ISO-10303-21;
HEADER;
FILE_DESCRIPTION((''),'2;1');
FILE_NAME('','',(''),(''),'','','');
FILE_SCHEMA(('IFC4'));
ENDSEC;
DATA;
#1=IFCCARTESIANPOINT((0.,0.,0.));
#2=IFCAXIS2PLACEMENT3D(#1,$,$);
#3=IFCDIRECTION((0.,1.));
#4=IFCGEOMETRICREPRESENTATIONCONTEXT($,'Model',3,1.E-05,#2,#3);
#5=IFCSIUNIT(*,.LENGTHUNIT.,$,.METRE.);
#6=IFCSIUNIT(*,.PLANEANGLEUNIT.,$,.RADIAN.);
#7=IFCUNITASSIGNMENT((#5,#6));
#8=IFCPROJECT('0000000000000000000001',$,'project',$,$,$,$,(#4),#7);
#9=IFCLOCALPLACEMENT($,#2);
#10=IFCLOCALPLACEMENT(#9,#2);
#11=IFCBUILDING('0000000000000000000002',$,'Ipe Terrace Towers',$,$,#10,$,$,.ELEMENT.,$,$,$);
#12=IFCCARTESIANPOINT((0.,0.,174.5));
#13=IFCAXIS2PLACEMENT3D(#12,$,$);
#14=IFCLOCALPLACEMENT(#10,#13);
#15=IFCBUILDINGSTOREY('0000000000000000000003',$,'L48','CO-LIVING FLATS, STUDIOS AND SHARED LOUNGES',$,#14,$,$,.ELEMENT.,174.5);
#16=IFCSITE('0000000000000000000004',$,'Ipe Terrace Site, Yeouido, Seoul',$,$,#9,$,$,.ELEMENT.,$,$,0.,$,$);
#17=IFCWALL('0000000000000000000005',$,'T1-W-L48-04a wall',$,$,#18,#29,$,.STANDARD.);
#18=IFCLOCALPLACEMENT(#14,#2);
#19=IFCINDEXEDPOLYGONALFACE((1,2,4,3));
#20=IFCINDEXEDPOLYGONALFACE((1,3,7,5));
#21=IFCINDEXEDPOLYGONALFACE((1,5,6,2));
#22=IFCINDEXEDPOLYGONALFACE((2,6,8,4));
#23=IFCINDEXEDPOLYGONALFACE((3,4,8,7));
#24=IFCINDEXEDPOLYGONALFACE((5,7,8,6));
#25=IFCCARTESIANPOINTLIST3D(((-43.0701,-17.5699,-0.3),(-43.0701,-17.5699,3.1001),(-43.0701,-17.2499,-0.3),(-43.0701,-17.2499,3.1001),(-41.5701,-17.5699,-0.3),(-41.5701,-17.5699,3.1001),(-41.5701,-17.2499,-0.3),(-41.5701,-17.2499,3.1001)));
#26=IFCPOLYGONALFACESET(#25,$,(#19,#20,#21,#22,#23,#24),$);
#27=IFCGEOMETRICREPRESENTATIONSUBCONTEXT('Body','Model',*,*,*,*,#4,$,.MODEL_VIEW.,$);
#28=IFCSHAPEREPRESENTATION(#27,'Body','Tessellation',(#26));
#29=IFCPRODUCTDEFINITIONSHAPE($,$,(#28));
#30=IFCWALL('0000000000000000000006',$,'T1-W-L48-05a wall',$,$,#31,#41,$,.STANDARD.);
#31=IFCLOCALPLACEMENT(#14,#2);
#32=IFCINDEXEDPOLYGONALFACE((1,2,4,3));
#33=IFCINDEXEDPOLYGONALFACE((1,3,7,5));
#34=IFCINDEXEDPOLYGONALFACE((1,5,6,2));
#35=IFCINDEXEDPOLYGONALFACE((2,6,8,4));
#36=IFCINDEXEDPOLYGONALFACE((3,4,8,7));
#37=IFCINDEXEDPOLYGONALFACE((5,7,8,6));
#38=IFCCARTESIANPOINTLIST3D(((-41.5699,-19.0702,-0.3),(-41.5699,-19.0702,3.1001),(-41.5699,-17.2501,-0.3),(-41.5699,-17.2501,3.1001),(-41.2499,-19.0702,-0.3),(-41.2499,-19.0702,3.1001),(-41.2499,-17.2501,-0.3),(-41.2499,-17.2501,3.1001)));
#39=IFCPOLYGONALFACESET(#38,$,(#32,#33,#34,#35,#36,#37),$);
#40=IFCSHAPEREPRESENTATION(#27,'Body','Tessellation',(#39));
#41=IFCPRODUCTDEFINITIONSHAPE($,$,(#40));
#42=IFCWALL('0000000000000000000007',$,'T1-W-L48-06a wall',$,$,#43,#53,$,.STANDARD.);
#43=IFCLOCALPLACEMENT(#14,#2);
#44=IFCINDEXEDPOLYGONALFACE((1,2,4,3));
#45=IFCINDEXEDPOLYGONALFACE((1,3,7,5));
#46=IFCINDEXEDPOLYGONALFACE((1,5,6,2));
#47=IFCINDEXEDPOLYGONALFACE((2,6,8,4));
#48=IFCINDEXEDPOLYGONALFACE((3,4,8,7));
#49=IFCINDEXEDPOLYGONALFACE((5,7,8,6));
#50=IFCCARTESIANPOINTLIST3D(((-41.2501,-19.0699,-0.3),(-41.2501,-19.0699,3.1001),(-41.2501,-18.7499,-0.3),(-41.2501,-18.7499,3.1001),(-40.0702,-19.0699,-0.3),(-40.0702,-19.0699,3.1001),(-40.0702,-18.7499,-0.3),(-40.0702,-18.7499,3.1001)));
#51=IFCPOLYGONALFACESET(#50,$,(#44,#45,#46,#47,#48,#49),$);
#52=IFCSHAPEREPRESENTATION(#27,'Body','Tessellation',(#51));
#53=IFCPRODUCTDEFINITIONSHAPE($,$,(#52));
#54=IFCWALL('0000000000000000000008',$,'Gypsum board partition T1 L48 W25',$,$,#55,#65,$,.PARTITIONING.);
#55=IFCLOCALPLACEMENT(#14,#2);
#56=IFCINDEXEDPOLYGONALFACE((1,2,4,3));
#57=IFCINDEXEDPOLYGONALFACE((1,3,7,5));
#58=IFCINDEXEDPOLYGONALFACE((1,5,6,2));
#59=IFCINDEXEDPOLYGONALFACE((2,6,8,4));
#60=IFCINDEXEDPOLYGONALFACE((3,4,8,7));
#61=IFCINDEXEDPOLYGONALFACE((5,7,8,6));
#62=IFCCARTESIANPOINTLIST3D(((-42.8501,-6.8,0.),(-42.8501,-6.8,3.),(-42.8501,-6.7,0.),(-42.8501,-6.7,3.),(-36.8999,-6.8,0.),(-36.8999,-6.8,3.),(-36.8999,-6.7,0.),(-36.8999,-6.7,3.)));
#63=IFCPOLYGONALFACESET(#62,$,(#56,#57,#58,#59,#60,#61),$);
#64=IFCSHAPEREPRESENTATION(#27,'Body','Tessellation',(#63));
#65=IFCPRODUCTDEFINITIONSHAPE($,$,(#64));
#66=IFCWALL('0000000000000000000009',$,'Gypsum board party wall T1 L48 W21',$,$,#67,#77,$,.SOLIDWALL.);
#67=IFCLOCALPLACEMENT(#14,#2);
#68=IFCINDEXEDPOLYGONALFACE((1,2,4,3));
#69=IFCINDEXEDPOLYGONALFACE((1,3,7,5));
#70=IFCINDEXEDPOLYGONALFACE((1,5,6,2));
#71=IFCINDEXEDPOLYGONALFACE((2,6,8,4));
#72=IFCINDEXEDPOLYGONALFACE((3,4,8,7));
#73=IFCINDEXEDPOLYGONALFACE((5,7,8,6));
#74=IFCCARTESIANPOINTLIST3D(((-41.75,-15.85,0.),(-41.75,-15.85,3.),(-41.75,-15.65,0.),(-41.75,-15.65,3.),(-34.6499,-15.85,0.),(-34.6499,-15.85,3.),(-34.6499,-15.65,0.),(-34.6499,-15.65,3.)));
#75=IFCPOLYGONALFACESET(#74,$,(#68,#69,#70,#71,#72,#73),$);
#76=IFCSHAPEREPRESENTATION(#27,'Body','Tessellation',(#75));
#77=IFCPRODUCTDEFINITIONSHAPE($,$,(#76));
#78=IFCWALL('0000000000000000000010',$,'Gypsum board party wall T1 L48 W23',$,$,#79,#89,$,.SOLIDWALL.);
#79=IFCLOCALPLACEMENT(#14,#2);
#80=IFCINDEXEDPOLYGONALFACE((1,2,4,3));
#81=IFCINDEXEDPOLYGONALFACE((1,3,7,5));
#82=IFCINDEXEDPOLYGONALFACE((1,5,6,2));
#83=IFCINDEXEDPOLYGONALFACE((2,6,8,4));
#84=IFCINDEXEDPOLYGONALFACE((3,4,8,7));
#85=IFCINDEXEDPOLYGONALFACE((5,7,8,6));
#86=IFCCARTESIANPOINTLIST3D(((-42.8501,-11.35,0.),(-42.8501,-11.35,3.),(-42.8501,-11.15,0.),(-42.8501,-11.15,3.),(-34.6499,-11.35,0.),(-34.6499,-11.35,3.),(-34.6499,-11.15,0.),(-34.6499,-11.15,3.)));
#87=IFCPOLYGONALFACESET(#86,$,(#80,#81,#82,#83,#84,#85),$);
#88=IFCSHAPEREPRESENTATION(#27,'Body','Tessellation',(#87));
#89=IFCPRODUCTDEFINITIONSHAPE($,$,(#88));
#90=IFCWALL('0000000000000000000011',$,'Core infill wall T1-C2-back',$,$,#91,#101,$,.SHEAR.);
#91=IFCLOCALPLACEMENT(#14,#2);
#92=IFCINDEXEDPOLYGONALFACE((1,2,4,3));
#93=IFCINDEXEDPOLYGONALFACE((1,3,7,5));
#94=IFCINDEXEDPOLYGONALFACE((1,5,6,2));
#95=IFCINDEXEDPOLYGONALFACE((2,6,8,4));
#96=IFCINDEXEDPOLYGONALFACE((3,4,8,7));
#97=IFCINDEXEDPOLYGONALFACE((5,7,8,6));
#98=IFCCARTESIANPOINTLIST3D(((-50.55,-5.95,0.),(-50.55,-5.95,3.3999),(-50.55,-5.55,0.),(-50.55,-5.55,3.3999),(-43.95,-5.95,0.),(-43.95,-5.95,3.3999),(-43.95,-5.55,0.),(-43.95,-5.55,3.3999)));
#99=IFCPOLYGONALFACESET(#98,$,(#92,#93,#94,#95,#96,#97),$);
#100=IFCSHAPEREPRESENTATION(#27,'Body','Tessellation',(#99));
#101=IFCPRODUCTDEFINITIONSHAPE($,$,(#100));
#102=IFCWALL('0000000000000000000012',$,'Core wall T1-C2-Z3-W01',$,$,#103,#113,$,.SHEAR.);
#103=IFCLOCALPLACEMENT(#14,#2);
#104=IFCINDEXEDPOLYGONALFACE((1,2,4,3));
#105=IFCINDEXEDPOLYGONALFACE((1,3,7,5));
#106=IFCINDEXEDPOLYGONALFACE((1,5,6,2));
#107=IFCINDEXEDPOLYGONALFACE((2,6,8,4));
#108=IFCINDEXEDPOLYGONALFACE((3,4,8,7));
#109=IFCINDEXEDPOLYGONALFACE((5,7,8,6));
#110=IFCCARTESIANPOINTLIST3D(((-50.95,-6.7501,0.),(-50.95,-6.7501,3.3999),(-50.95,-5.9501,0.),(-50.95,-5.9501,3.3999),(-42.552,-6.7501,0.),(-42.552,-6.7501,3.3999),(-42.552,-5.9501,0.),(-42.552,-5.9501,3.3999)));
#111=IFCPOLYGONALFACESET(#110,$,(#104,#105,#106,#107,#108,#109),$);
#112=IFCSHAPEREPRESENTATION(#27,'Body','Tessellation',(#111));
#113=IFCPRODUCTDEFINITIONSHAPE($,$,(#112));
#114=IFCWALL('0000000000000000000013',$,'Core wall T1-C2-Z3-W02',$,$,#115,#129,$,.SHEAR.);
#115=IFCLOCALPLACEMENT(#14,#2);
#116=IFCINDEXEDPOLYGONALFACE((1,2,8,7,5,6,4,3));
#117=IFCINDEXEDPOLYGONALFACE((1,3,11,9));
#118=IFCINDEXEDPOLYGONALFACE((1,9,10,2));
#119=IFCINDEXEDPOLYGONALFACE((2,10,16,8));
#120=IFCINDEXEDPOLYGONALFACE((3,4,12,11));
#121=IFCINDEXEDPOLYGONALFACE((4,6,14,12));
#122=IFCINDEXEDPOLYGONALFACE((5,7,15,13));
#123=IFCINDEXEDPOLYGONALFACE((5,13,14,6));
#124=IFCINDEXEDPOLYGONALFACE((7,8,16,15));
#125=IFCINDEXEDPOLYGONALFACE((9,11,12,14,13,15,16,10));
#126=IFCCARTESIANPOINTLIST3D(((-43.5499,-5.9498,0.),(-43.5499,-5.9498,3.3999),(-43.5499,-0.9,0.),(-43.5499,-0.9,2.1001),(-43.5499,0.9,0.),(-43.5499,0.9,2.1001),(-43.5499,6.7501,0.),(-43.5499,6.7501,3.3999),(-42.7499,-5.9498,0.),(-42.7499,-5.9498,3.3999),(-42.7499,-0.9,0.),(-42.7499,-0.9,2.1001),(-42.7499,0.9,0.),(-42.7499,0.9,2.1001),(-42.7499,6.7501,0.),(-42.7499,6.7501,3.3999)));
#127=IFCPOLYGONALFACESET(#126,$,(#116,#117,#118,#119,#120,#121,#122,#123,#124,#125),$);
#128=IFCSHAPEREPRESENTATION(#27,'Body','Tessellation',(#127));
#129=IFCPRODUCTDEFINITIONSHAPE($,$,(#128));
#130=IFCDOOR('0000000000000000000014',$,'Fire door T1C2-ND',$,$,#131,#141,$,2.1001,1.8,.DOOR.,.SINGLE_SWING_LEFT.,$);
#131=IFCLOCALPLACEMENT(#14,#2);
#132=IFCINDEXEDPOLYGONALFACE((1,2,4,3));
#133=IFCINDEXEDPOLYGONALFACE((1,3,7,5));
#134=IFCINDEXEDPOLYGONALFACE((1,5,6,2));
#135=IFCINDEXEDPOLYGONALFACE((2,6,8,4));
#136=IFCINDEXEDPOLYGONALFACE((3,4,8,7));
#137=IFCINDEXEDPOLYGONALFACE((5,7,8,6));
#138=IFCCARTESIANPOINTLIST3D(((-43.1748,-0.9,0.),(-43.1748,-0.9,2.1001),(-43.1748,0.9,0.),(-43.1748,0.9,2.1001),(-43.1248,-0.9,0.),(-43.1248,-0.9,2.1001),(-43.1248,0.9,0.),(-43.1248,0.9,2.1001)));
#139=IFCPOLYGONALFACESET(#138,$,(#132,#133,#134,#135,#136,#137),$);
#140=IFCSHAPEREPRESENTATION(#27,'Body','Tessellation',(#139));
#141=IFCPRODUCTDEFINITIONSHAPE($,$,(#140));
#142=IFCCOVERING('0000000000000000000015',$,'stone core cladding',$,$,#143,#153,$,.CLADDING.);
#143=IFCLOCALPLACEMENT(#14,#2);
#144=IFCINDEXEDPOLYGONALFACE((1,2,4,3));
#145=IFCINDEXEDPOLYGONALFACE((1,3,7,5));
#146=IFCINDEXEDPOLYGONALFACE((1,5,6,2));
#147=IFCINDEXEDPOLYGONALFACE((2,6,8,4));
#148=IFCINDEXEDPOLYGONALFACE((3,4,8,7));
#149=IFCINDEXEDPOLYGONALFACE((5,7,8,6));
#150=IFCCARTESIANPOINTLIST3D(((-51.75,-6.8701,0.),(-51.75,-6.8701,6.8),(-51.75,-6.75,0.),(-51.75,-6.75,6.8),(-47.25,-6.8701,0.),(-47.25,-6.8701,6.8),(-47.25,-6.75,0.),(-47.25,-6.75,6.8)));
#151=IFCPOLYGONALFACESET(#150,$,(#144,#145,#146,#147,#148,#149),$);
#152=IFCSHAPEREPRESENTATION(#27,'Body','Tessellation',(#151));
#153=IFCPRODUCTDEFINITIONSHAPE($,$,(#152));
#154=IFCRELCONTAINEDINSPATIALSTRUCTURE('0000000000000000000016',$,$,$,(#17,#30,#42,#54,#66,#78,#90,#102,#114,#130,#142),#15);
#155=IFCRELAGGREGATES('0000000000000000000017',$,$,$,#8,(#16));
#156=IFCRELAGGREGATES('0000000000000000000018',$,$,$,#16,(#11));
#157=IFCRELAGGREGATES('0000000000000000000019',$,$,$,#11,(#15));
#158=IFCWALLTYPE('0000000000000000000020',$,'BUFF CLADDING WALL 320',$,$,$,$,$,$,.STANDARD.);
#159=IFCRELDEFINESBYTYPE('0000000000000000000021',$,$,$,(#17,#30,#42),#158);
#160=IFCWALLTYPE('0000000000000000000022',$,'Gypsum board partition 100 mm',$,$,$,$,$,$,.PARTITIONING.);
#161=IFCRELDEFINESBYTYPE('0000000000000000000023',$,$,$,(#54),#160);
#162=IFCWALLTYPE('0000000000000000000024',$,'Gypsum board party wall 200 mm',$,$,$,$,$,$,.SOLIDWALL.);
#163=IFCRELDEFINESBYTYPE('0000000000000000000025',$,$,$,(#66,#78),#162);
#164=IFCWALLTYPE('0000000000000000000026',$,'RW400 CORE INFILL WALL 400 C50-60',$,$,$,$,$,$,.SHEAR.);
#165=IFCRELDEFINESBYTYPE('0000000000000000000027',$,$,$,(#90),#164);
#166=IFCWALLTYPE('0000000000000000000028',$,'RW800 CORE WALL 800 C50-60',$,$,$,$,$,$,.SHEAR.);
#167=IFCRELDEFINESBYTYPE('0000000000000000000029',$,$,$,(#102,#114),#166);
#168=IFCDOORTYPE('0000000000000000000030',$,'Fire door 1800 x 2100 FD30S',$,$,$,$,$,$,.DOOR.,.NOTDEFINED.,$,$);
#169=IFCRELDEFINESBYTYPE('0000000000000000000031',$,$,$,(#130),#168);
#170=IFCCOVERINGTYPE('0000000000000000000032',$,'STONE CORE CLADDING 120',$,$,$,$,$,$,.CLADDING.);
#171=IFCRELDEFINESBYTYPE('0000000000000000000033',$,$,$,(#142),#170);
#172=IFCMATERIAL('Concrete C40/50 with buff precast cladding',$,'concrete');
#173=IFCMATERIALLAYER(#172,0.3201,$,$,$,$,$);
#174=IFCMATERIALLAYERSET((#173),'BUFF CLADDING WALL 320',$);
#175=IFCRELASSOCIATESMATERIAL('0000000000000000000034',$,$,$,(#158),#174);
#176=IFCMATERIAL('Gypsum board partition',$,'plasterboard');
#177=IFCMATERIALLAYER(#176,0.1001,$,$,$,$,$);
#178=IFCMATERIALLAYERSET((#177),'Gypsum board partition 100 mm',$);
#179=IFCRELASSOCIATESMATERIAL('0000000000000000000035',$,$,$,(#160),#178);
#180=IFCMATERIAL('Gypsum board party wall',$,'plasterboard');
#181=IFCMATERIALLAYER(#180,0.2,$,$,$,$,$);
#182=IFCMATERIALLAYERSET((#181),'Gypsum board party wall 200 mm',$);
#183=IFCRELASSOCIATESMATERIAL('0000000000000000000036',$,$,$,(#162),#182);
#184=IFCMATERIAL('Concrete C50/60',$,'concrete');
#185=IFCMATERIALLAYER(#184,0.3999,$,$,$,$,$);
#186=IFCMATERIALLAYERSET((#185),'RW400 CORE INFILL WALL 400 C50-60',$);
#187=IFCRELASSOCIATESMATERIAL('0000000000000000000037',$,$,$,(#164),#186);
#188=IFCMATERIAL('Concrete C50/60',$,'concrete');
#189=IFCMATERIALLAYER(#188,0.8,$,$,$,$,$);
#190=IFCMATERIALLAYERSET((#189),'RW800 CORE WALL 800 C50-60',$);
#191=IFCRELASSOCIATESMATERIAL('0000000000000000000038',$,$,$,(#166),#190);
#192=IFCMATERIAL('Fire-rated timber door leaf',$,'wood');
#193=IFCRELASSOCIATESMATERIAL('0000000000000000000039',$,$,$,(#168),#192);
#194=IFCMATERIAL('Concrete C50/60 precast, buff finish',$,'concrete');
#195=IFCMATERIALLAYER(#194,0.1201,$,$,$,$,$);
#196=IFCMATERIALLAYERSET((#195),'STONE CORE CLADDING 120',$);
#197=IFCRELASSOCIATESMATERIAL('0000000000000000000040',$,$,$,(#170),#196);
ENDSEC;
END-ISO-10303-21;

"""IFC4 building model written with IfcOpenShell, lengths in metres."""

from ifc_helpers import new_model, si_unit, direction, frame, frame_2d, origin, origin_2d, place, context, subcontext, project, spatial, rectangle, extrude, material, layer, layer_set, type_object, element, fill, save


model = new_model("IFC4")

# Units and contexts
model_context = context("Model", 3, precision=1e-05, world=origin(), true_north=direction((0.0, 1.0)))
body_context = subcontext(model_context, "Body", "Model", "MODEL_VIEW")
ifc_project = project(units=[si_unit("LENGTHUNIT", "METRE"), si_unit("PLANEANGLEUNIT", "RADIAN")], contexts=[model_context])

# Site, building, storey
site_placement = place(None, origin())
site = spatial("IfcSite", under=ifc_project, at=site_placement, Name="Ipe Terrace Site, Yeouido, Seoul", CompositionType="ELEMENT", RefElevation=0.0)
building_placement = place(site_placement, origin())
building = spatial("IfcBuilding", under=site, at=building_placement, Name="Ipe Terrace Towers", CompositionType="ELEMENT")
storey_placement = place(building_placement, frame((0.0, 0.0, 174.5)))
storey = spatial("IfcBuildingStorey", under=building, at=storey_placement, Name="L48", Description="CO-LIVING FLATS, STUDIOS AND SHARED LOUNGES", CompositionType="ELEMENT", Elevation=174.5)

# Walls
ifc_material_1 = material(Name="Concrete C40/50 with buff precast cladding", Category="concrete")
ifc_layer_1 = layer(ifc_material_1, 0.3201)
ifc_layer_set_1 = layer_set([ifc_layer_1], Name="BUFF CLADDING WALL 320")
wall_type_1 = type_object("IfcWallType", Name="BUFF CLADDING WALL 320", PredefinedType="STANDARD", material=ifc_layer_set_1)
wall_1_placement = place(storey_placement, frame((-43.0701, -17.4099, -0.3), z_axis=(0.0, 0.0, 1.0), x_axis=(1.0, 0.0, 0.0)))
element("IfcWall", 1, at=wall_1_placement, inside=storey, type_object=wall_type_1, Name="T1-W-L48-04a wall", PredefinedType="STANDARD", context=body_context, shape_type="SweptSolid", body=[
    extrude(rectangle(XDim=1.5, YDim=0.3201, at=frame_2d((0.75, 0.0))), origin(), (0.0, 0.0, 1.0), 3.4001),
])
wall_2_placement = place(storey_placement, frame((-41.4099, -17.25, -0.3), z_axis=(0.0, 0.0, 1.0), x_axis=(0.0, -1.0, 0.0)))
element("IfcWall", 2, at=wall_2_placement, inside=storey, type_object=wall_type_1, Name="T1-W-L48-05a wall", PredefinedType="STANDARD", context=body_context, shape_type="SweptSolid", body=[
    extrude(rectangle(XDim=1.8201, YDim=0.3201, at=frame_2d((0.9102, 0.0))), origin(), (0.0, 0.0, 1.0), 3.4001),
])
wall_3_placement = place(storey_placement, frame((-41.25, -18.9099, -0.3), z_axis=(0.0, 0.0, 1.0), x_axis=(1.0, 0.0, 0.0)))
element("IfcWall", 3, at=wall_3_placement, inside=storey, type_object=wall_type_1, Name="T1-W-L48-06a wall", PredefinedType="STANDARD", context=body_context, shape_type="SweptSolid", body=[
    extrude(rectangle(XDim=1.1799, YDim=0.3201, at=frame_2d((0.5898, 0.0))), origin(), (0.0, 0.0, 1.0), 3.4001),
])
ifc_material_2 = material(Name="Gypsum board partition", Category="plasterboard")
ifc_layer_2 = layer(ifc_material_2, 0.1001)
ifc_layer_set_2 = layer_set([ifc_layer_2], Name="Gypsum board partition 100 mm")
wall_type_2 = type_object("IfcWallType", Name="Gypsum board partition 100 mm", PredefinedType="PARTITIONING", material=ifc_layer_set_2)
wall_4_placement = place(storey_placement, frame((-42.8501, -6.75, 0.0), z_axis=(0.0, 0.0, 1.0), x_axis=(1.0, 0.0, 0.0)))
element("IfcWall", 4, at=wall_4_placement, inside=storey, type_object=wall_type_2, Name="Gypsum board partition T1 L48 W25", PredefinedType="PARTITIONING", context=body_context, shape_type="SweptSolid", body=[
    extrude(rectangle(XDim=5.9502, YDim=0.1001, at=frame_2d((2.9751, 0.0))), origin(), (0.0, 0.0, 1.0), 3.0),
])
ifc_material_3 = material(Name="Gypsum board party wall", Category="plasterboard")
ifc_layer_3 = layer(ifc_material_3, 0.2)
ifc_layer_set_3 = layer_set([ifc_layer_3], Name="Gypsum board party wall 200 mm")
wall_type_3 = type_object("IfcWallType", Name="Gypsum board party wall 200 mm", PredefinedType="SOLIDWALL", material=ifc_layer_set_3)
wall_5_placement = place(storey_placement, frame((-41.75, -15.75, 0.0), z_axis=(0.0, 0.0, 1.0), x_axis=(1.0, 0.0, 0.0)))
element("IfcWall", 5, at=wall_5_placement, inside=storey, type_object=wall_type_3, Name="Gypsum board party wall T1 L48 W21", PredefinedType="SOLIDWALL", context=body_context, shape_type="SweptSolid", body=[
    extrude(rectangle(XDim=7.1001, YDim=0.2, at=frame_2d((3.55, 0.0))), origin(), (0.0, 0.0, 1.0), 3.0),
])
wall_6_placement = place(storey_placement, frame((-42.8501, -11.25, 0.0), z_axis=(0.0, 0.0, 1.0), x_axis=(1.0, 0.0, 0.0)))
element("IfcWall", 6, at=wall_6_placement, inside=storey, type_object=wall_type_3, Name="Gypsum board party wall T1 L48 W23", PredefinedType="SOLIDWALL", context=body_context, shape_type="SweptSolid", body=[
    extrude(rectangle(XDim=8.2002, YDim=0.2, at=frame_2d((4.1001, 0.0))), origin(), (0.0, 0.0, 1.0), 3.0),
])
ifc_material_4 = material(Name="Concrete C50/60", Category="concrete")
ifc_layer_4 = layer(ifc_material_4, 0.3999)
ifc_layer_set_4 = layer_set([ifc_layer_4], Name="RW400 CORE INFILL WALL 400 C50-60")
wall_type_4 = type_object("IfcWallType", Name="RW400 CORE INFILL WALL 400 C50-60", PredefinedType="SHEAR", material=ifc_layer_set_4)
wall_7_placement = place(storey_placement, frame((-43.95, -5.75, 0.0), z_axis=(0.0, 0.0, 1.0), x_axis=(-1.0, 0.0, 0.0)))
element("IfcWall", 7, at=wall_7_placement, inside=storey, type_object=wall_type_4, Name="Core infill wall T1-C2-back", PredefinedType="SHEAR", context=body_context, shape_type="SweptSolid", body=[
    extrude(rectangle(XDim=6.6001, YDim=0.3999, at=frame_2d((3.3, 0.0))), origin(), (0.0, 0.0, 1.0), 3.3999),
])
ifc_material_5 = material(Name="Concrete C50/60", Category="concrete")
ifc_layer_5 = layer(ifc_material_5, 0.8)
ifc_layer_set_5 = layer_set([ifc_layer_5], Name="RW800 CORE WALL 800 C50-60")
wall_type_5 = type_object("IfcWallType", Name="RW800 CORE WALL 800 C50-60", PredefinedType="SHEAR", material=ifc_layer_set_5)
wall_8_placement = place(storey_placement, frame((-50.95, -6.3501, 0.0), z_axis=(0.0, 0.0, 1.0), x_axis=(1.0, 0.0, 0.0)))
element("IfcWall", 8, at=wall_8_placement, inside=storey, type_object=wall_type_5, Name="Core wall T1-C2-Z3-W01", PredefinedType="SHEAR", context=body_context, shape_type="SweptSolid", body=[
    extrude(rectangle(XDim=8.3979, YDim=0.8, at=frame_2d((4.199, 0.0))), origin(), (0.0, 0.0, 1.0), 3.3999),
])

# Wall, opening, door
wall_9_placement = place(storey_placement, frame((-43.1499, -5.95, 0.0), z_axis=(0.0, 0.0, 1.0), x_axis=(0.0, 1.0, 0.0)))
wall_9 = element("IfcWall", 9, at=wall_9_placement, inside=storey, type_object=wall_type_5, Name="Core wall T1-C2-Z3-W02", PredefinedType="SHEAR", context=body_context, shape_type="SweptSolid", body=[
    extrude(rectangle(XDim=12.7, YDim=0.8, at=frame_2d((6.3501, 0.0))), origin(), (0.0, 0.0, 1.0), 3.3999),
])
opening_placement = place(wall_9_placement, frame((5.05, 0.0, 0.0)))
opening = element("IfcOpeningElement", 10, at=opening_placement, cuts=wall_9, PredefinedType="OPENING", context=body_context, shape_type="SweptSolid", body=[
    extrude(rectangle(XDim=1.8, YDim=2.1001, at=frame_2d((0.8999, 1.05))), frame((0.0, 0.4102, 0.0), z_axis=(0.0, -1.0, 0.0), x_axis=(1.0, 0.0, 0.0)), (0.0, 0.0, 1.0), 0.8201),
])
ifc_material_6 = material(Name="Fire-rated timber door leaf", Category="wood")
door_type = type_object("IfcDoorType", Name="Fire door 1800 x 2100 FD30S", OperationType="NOTDEFINED", PredefinedType="DOOR", material=ifc_material_6)
door_placement = place(opening_placement, origin())
door = element("IfcDoor", 11, at=door_placement, inside=storey, type_object=door_type, Name="Fire door T1C2-ND", OperationType="SINGLE_SWING_LEFT", OverallHeight=2.1001, OverallWidth=1.8, PredefinedType="DOOR", context=body_context, shape_type="SweptSolid", body=[
    extrude(rectangle(XDim=1.8, YDim=2.1001, at=frame_2d((0.8999, 1.05))), frame((0.0, 0.0249, 0.0), z_axis=(0.0, -1.0, 0.0), x_axis=(1.0, 0.0, 0.0)), (0.0, 0.0, 1.0), 0.05),
])
fill(opening, door)

# Covering
ifc_material_7 = material(Name="Concrete C50/60 precast, buff finish", Category="concrete")
ifc_layer_6 = layer(ifc_material_7, 0.1201)
ifc_layer_set_6 = layer_set([ifc_layer_6], Name="STONE CORE CLADDING 120")
covering_type = type_object("IfcCoveringType", Name="STONE CORE CLADDING 120", PredefinedType="CLADDING", material=ifc_layer_set_6)
covering_placement = place(storey_placement, frame((-49.5, -6.8101, 0.0), z_axis=(0.0, 0.0, 1.0), x_axis=(1.0, 0.0, 0.0)))
element("IfcCovering", 12, at=covering_placement, inside=storey, type_object=covering_type, Name="stone core cladding", PredefinedType="CLADDING", context=body_context, shape_type="SweptSolid", body=[
    extrude(rectangle(XDim=4.5, YDim=0.1201, at=origin_2d()), origin(), (0.0, 0.0, 1.0), 6.8),
])

save(model, "model.ifc")
